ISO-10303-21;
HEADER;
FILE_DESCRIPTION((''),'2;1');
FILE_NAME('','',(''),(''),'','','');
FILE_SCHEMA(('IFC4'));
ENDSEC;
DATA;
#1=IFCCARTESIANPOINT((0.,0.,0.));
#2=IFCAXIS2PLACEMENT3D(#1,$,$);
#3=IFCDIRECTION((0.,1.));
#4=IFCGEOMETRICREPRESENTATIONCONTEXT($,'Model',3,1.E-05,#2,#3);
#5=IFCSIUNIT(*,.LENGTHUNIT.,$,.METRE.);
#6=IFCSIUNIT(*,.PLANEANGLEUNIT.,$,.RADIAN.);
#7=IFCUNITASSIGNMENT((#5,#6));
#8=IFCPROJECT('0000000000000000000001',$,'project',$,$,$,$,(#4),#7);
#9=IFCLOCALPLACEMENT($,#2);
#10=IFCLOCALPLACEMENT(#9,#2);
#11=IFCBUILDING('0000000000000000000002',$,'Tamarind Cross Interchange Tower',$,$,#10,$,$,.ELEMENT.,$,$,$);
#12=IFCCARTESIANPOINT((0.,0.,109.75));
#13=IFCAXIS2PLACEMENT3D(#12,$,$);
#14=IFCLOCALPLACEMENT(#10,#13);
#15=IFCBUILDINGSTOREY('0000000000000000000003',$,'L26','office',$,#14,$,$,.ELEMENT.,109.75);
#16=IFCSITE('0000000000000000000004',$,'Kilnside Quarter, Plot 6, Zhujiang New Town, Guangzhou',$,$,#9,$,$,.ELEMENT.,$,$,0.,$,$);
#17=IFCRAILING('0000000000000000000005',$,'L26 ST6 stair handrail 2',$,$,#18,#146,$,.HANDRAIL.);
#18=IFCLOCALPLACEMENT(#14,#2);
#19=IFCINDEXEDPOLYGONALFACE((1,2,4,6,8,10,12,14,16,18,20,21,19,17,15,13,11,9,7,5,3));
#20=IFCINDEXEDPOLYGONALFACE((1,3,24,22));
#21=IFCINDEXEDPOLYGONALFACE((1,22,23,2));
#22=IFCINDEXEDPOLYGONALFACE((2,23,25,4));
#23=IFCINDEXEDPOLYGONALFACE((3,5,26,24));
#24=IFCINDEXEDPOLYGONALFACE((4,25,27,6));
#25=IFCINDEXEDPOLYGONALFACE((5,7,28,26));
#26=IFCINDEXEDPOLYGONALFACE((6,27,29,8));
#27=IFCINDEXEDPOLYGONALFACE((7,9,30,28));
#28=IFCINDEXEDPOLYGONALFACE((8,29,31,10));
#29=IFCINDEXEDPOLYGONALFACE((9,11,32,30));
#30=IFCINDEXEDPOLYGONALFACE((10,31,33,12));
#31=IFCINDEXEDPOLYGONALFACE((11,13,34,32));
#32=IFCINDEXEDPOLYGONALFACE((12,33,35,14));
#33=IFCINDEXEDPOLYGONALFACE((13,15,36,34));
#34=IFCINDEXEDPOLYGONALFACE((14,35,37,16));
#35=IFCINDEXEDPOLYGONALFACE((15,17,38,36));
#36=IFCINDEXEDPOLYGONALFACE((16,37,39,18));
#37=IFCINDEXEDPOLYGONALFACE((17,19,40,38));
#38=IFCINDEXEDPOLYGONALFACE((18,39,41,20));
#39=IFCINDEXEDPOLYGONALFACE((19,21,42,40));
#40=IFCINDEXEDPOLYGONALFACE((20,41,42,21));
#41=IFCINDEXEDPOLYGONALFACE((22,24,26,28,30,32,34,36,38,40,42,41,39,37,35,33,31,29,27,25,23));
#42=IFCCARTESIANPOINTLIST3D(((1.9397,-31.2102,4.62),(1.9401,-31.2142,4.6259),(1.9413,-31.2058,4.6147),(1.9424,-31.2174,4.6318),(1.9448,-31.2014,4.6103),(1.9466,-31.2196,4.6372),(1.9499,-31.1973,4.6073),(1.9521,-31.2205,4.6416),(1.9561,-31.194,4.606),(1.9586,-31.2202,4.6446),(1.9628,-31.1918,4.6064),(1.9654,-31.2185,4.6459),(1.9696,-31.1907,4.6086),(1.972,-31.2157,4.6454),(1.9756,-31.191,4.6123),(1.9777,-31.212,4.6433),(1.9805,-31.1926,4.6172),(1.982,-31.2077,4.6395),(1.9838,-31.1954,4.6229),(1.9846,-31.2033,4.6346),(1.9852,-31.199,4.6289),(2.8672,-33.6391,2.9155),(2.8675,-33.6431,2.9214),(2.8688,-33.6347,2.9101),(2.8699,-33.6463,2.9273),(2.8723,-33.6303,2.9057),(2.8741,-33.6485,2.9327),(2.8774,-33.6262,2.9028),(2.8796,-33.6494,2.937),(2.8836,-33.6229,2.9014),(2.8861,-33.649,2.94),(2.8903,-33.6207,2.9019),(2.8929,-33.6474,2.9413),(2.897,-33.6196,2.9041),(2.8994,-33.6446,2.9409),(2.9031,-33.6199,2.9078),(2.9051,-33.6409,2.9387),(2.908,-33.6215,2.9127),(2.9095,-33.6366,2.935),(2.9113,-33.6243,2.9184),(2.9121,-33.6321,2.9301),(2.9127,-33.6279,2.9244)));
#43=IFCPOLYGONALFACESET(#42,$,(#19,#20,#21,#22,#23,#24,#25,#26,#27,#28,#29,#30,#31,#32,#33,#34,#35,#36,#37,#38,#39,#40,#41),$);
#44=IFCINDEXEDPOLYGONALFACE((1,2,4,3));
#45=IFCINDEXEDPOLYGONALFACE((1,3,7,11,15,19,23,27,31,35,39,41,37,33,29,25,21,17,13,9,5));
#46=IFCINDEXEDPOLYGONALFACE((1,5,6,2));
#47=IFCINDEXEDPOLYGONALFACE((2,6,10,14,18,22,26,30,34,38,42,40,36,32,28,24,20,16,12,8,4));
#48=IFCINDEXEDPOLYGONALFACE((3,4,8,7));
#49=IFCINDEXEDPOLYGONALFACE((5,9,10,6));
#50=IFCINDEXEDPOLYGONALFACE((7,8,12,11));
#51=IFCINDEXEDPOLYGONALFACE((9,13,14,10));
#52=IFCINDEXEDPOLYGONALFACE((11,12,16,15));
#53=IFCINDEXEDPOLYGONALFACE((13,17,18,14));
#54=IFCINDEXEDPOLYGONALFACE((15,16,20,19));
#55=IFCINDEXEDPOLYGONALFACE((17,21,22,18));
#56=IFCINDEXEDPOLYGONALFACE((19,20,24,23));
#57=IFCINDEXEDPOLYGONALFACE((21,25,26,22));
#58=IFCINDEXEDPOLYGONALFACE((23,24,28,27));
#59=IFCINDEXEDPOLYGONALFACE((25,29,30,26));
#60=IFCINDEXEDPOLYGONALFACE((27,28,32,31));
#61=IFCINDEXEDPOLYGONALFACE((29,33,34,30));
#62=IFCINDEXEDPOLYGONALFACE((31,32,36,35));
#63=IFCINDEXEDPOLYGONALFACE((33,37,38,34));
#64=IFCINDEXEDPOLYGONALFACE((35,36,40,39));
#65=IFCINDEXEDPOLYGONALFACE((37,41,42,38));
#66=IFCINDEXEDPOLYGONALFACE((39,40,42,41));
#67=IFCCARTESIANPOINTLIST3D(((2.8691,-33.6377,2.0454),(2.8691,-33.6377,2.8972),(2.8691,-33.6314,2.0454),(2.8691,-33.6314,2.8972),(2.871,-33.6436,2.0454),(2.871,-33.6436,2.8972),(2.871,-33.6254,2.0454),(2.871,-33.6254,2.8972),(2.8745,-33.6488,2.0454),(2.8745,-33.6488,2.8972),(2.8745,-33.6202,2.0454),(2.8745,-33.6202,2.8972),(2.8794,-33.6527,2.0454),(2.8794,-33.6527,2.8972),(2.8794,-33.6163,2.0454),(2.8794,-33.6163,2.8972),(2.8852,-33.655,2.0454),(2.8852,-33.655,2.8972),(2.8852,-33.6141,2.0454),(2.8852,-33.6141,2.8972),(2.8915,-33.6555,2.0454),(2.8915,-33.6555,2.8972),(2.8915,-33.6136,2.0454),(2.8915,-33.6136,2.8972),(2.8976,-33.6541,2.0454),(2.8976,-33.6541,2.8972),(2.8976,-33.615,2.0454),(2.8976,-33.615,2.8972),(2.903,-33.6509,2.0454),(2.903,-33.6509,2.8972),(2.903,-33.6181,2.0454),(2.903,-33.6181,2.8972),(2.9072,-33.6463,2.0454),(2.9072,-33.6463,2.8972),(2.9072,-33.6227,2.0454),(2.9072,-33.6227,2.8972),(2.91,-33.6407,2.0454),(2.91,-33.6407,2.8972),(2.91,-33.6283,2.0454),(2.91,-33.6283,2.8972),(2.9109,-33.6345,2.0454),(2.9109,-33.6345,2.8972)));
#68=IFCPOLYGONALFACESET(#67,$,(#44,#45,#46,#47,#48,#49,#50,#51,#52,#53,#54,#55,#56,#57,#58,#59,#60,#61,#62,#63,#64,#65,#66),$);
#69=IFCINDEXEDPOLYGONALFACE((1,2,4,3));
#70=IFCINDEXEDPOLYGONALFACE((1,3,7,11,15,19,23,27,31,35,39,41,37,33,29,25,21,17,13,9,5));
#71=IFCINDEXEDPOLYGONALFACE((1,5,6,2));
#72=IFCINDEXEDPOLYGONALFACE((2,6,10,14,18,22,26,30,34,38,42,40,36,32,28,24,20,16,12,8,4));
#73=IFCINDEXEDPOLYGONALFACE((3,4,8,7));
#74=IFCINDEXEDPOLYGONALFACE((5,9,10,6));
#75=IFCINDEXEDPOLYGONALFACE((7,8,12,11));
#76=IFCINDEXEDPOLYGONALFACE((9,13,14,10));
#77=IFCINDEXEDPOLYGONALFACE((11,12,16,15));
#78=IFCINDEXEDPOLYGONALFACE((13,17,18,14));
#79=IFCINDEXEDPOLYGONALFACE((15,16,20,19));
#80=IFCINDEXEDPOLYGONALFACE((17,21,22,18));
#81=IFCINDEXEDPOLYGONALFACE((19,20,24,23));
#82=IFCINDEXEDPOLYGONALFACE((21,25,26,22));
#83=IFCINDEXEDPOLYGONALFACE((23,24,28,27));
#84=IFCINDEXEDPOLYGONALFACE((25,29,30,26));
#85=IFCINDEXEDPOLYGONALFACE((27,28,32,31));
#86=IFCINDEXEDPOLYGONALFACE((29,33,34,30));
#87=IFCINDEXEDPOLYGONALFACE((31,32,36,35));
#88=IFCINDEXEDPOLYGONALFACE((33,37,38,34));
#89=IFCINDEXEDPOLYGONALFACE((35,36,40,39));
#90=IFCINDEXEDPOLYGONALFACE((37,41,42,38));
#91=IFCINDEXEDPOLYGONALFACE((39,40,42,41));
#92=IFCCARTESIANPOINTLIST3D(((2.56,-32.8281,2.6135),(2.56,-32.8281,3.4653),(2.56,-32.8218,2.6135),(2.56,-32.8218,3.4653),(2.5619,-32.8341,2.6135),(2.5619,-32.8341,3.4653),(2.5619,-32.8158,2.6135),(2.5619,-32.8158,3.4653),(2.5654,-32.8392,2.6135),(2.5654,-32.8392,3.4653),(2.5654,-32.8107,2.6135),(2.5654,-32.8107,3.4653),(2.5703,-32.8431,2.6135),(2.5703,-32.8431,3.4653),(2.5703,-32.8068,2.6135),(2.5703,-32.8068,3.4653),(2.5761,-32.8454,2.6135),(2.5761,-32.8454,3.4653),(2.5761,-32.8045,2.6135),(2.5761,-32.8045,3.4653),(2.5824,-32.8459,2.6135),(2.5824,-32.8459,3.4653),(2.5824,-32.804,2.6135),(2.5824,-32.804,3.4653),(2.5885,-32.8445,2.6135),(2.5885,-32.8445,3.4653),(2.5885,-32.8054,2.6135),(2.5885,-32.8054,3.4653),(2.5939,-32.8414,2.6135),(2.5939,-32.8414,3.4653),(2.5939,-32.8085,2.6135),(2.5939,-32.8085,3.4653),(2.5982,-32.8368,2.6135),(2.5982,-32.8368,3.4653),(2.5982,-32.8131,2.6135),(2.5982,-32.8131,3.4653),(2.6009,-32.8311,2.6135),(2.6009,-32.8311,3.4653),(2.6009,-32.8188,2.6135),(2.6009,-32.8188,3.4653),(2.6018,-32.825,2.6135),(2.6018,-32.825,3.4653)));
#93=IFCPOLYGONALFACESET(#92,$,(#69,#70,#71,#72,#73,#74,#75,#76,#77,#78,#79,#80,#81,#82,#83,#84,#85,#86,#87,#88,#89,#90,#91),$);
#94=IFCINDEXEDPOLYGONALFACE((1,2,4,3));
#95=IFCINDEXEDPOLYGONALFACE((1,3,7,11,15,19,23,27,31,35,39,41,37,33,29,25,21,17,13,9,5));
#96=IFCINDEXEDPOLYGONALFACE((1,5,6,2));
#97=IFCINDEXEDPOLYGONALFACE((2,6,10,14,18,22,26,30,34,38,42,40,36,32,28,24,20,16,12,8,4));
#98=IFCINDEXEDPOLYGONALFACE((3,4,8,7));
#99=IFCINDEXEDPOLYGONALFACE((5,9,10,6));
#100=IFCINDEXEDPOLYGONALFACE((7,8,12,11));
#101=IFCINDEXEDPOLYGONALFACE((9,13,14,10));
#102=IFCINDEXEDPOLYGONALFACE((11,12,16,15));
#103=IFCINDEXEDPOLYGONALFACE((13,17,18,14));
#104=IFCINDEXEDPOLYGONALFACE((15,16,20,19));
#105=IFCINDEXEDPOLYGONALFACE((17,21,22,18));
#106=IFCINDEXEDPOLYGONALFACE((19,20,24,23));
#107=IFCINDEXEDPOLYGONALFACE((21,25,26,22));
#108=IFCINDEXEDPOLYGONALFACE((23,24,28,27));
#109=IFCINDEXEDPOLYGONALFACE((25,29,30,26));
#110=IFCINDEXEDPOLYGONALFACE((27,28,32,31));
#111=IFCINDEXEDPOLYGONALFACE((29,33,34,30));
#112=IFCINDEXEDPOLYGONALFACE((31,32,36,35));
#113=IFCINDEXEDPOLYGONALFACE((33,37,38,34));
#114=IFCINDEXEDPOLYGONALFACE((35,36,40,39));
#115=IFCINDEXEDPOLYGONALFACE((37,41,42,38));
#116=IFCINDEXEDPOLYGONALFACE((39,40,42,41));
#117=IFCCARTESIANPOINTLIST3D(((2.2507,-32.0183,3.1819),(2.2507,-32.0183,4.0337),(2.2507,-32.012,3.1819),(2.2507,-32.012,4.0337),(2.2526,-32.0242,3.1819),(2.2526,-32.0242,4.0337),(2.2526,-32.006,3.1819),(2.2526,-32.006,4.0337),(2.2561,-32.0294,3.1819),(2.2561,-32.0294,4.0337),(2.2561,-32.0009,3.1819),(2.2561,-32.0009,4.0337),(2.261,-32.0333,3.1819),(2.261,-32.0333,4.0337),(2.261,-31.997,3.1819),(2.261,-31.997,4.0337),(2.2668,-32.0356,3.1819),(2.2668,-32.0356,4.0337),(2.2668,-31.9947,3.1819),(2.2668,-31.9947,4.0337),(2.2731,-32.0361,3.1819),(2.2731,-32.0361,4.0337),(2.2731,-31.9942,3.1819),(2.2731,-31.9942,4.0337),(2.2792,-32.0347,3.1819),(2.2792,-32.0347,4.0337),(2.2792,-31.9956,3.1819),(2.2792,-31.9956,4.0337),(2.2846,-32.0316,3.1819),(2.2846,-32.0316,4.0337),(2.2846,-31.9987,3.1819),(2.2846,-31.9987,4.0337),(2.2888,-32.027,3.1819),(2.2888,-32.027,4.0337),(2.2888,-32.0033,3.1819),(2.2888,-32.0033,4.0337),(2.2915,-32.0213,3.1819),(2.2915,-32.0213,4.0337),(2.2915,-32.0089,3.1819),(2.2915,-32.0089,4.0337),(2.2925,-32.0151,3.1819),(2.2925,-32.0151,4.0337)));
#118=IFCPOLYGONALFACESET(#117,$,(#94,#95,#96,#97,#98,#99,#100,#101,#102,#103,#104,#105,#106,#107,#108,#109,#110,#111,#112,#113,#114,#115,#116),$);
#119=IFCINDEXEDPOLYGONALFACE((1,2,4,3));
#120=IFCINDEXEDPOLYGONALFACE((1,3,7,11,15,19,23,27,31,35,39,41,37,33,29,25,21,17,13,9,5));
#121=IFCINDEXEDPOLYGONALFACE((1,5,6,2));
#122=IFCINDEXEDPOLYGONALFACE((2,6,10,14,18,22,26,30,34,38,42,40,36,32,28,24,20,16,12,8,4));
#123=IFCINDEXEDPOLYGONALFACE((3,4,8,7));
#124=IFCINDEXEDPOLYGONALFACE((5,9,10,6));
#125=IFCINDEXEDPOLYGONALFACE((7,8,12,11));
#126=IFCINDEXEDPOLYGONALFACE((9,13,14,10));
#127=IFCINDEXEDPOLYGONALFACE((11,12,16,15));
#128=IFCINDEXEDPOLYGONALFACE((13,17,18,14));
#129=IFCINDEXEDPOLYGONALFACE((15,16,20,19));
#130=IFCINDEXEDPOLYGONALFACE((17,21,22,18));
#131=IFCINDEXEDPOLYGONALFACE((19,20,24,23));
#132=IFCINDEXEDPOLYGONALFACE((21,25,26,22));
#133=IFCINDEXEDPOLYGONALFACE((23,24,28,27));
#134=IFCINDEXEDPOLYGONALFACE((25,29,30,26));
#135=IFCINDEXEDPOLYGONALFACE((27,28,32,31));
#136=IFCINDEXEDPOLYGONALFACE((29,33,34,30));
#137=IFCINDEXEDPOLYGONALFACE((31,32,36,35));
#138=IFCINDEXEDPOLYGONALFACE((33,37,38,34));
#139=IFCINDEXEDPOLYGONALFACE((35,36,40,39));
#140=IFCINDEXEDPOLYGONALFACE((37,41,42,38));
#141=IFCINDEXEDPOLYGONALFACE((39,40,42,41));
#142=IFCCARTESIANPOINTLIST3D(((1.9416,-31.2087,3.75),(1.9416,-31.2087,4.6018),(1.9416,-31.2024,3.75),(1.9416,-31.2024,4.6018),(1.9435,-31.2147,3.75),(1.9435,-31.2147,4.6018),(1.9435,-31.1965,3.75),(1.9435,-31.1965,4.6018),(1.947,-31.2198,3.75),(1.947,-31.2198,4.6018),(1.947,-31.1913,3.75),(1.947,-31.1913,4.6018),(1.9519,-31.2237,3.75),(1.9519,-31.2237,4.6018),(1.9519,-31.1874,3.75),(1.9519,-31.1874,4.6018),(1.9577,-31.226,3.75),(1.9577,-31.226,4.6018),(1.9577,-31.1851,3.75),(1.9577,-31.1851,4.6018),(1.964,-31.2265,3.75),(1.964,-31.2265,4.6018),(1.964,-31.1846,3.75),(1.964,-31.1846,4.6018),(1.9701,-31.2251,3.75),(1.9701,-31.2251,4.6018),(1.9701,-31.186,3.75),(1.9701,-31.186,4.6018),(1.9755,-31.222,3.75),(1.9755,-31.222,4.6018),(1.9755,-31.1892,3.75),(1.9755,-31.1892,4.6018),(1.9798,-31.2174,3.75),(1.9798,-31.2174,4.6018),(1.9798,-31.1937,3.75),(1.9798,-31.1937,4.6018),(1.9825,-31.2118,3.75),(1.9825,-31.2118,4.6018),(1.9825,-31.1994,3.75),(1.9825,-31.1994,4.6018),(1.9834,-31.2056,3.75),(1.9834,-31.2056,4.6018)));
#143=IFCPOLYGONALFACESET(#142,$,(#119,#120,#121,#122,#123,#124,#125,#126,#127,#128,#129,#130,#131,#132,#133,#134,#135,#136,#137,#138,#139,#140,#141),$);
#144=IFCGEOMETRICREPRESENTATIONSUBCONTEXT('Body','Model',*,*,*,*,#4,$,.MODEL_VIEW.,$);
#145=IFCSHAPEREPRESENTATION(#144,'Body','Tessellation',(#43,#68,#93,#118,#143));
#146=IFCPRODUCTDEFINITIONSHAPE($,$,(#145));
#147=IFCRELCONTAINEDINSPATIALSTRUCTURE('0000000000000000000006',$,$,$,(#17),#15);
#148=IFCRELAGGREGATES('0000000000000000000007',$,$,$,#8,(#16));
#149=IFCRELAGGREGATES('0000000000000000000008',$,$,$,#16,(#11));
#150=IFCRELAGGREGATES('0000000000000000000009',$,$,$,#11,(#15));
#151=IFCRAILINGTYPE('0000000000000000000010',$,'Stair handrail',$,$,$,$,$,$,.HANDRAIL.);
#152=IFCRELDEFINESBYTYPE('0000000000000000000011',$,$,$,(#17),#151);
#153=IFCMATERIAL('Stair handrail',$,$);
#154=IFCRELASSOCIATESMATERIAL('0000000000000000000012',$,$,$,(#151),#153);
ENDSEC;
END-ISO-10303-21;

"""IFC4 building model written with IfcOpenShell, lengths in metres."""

from ifc_helpers import new_model, si_unit, direction, frame, origin, origin_2d, place, context, subcontext, project, spatial, circle, extrude, material, type_object, element, save


model = new_model("IFC4")

# Units and contexts
model_context = context("Model", 3, precision=1e-05, world=origin(), true_north=direction((0.0, 1.0)))
body_context = subcontext(model_context, "Body", "Model", "MODEL_VIEW")
ifc_project = project(units=[si_unit("LENGTHUNIT", "METRE"), si_unit("PLANEANGLEUNIT", "RADIAN")], contexts=[model_context])

# Site, building, storey
site_placement = place(None, origin())
site = spatial("IfcSite", under=ifc_project, at=site_placement, Name="Kilnside Quarter, Plot 6, Zhujiang New Town, Guangzhou", CompositionType="ELEMENT", RefElevation=0.0)
building_placement = place(site_placement, origin())
building = spatial("IfcBuilding", under=site, at=building_placement, Name="Tamarind Cross Interchange Tower", CompositionType="ELEMENT")
storey_placement = place(building_placement, frame((0.0, 0.0, 109.75)))
storey = spatial("IfcBuildingStorey", under=building, at=storey_placement, Name="L26", Description="office", CompositionType="ELEMENT", Elevation=109.75)

# Railing
ifc_material_1 = material(Name="Stair handrail")
railing_type_1 = type_object("IfcRailingType", Name="Stair handrail", PredefinedType="HANDRAIL", material=ifc_material_1)
railing_1_placement = place(storey_placement, frame((2.8899, -33.6345, 2.0454)))
element("IfcRailing", 1, at=railing_1_placement, inside=storey, type_object=railing_type_1, Name="L26 ST6 stair handrail 2", PredefinedType="HANDRAIL", context=body_context, shape_type="SweptSolid", body=[
    extrude(circle(Radius=0.0239, at=origin_2d()), frame((0.0, 0.0, 0.876), z_axis=(-0.298327, 0.781274, 0.548281), x_axis=(-0.934209, -0.356725, 0.0)), (0.0, 0.0, 1.0), 3.1089),
    extrude(circle(Radius=0.021, at=origin_2d()), origin(), (0.0, 0.0, 1.0), 0.8518),
    extrude(circle(Radius=0.021, at=origin_2d()), frame((-0.3091, 0.8096, 0.5681)), (0.0, 0.0, 1.0), 0.8518),
    extrude(circle(Radius=0.021, at=origin_2d()), frame((-0.6184, 1.6194, 1.1365)), (0.0, 0.0, 1.0), 0.8518),
    extrude(circle(Radius=0.021, at=origin_2d()), frame((-0.9275, 2.429, 1.7046)), (0.0, 0.0, 1.0), 0.8518),
])

save(model, "model.ifc")
